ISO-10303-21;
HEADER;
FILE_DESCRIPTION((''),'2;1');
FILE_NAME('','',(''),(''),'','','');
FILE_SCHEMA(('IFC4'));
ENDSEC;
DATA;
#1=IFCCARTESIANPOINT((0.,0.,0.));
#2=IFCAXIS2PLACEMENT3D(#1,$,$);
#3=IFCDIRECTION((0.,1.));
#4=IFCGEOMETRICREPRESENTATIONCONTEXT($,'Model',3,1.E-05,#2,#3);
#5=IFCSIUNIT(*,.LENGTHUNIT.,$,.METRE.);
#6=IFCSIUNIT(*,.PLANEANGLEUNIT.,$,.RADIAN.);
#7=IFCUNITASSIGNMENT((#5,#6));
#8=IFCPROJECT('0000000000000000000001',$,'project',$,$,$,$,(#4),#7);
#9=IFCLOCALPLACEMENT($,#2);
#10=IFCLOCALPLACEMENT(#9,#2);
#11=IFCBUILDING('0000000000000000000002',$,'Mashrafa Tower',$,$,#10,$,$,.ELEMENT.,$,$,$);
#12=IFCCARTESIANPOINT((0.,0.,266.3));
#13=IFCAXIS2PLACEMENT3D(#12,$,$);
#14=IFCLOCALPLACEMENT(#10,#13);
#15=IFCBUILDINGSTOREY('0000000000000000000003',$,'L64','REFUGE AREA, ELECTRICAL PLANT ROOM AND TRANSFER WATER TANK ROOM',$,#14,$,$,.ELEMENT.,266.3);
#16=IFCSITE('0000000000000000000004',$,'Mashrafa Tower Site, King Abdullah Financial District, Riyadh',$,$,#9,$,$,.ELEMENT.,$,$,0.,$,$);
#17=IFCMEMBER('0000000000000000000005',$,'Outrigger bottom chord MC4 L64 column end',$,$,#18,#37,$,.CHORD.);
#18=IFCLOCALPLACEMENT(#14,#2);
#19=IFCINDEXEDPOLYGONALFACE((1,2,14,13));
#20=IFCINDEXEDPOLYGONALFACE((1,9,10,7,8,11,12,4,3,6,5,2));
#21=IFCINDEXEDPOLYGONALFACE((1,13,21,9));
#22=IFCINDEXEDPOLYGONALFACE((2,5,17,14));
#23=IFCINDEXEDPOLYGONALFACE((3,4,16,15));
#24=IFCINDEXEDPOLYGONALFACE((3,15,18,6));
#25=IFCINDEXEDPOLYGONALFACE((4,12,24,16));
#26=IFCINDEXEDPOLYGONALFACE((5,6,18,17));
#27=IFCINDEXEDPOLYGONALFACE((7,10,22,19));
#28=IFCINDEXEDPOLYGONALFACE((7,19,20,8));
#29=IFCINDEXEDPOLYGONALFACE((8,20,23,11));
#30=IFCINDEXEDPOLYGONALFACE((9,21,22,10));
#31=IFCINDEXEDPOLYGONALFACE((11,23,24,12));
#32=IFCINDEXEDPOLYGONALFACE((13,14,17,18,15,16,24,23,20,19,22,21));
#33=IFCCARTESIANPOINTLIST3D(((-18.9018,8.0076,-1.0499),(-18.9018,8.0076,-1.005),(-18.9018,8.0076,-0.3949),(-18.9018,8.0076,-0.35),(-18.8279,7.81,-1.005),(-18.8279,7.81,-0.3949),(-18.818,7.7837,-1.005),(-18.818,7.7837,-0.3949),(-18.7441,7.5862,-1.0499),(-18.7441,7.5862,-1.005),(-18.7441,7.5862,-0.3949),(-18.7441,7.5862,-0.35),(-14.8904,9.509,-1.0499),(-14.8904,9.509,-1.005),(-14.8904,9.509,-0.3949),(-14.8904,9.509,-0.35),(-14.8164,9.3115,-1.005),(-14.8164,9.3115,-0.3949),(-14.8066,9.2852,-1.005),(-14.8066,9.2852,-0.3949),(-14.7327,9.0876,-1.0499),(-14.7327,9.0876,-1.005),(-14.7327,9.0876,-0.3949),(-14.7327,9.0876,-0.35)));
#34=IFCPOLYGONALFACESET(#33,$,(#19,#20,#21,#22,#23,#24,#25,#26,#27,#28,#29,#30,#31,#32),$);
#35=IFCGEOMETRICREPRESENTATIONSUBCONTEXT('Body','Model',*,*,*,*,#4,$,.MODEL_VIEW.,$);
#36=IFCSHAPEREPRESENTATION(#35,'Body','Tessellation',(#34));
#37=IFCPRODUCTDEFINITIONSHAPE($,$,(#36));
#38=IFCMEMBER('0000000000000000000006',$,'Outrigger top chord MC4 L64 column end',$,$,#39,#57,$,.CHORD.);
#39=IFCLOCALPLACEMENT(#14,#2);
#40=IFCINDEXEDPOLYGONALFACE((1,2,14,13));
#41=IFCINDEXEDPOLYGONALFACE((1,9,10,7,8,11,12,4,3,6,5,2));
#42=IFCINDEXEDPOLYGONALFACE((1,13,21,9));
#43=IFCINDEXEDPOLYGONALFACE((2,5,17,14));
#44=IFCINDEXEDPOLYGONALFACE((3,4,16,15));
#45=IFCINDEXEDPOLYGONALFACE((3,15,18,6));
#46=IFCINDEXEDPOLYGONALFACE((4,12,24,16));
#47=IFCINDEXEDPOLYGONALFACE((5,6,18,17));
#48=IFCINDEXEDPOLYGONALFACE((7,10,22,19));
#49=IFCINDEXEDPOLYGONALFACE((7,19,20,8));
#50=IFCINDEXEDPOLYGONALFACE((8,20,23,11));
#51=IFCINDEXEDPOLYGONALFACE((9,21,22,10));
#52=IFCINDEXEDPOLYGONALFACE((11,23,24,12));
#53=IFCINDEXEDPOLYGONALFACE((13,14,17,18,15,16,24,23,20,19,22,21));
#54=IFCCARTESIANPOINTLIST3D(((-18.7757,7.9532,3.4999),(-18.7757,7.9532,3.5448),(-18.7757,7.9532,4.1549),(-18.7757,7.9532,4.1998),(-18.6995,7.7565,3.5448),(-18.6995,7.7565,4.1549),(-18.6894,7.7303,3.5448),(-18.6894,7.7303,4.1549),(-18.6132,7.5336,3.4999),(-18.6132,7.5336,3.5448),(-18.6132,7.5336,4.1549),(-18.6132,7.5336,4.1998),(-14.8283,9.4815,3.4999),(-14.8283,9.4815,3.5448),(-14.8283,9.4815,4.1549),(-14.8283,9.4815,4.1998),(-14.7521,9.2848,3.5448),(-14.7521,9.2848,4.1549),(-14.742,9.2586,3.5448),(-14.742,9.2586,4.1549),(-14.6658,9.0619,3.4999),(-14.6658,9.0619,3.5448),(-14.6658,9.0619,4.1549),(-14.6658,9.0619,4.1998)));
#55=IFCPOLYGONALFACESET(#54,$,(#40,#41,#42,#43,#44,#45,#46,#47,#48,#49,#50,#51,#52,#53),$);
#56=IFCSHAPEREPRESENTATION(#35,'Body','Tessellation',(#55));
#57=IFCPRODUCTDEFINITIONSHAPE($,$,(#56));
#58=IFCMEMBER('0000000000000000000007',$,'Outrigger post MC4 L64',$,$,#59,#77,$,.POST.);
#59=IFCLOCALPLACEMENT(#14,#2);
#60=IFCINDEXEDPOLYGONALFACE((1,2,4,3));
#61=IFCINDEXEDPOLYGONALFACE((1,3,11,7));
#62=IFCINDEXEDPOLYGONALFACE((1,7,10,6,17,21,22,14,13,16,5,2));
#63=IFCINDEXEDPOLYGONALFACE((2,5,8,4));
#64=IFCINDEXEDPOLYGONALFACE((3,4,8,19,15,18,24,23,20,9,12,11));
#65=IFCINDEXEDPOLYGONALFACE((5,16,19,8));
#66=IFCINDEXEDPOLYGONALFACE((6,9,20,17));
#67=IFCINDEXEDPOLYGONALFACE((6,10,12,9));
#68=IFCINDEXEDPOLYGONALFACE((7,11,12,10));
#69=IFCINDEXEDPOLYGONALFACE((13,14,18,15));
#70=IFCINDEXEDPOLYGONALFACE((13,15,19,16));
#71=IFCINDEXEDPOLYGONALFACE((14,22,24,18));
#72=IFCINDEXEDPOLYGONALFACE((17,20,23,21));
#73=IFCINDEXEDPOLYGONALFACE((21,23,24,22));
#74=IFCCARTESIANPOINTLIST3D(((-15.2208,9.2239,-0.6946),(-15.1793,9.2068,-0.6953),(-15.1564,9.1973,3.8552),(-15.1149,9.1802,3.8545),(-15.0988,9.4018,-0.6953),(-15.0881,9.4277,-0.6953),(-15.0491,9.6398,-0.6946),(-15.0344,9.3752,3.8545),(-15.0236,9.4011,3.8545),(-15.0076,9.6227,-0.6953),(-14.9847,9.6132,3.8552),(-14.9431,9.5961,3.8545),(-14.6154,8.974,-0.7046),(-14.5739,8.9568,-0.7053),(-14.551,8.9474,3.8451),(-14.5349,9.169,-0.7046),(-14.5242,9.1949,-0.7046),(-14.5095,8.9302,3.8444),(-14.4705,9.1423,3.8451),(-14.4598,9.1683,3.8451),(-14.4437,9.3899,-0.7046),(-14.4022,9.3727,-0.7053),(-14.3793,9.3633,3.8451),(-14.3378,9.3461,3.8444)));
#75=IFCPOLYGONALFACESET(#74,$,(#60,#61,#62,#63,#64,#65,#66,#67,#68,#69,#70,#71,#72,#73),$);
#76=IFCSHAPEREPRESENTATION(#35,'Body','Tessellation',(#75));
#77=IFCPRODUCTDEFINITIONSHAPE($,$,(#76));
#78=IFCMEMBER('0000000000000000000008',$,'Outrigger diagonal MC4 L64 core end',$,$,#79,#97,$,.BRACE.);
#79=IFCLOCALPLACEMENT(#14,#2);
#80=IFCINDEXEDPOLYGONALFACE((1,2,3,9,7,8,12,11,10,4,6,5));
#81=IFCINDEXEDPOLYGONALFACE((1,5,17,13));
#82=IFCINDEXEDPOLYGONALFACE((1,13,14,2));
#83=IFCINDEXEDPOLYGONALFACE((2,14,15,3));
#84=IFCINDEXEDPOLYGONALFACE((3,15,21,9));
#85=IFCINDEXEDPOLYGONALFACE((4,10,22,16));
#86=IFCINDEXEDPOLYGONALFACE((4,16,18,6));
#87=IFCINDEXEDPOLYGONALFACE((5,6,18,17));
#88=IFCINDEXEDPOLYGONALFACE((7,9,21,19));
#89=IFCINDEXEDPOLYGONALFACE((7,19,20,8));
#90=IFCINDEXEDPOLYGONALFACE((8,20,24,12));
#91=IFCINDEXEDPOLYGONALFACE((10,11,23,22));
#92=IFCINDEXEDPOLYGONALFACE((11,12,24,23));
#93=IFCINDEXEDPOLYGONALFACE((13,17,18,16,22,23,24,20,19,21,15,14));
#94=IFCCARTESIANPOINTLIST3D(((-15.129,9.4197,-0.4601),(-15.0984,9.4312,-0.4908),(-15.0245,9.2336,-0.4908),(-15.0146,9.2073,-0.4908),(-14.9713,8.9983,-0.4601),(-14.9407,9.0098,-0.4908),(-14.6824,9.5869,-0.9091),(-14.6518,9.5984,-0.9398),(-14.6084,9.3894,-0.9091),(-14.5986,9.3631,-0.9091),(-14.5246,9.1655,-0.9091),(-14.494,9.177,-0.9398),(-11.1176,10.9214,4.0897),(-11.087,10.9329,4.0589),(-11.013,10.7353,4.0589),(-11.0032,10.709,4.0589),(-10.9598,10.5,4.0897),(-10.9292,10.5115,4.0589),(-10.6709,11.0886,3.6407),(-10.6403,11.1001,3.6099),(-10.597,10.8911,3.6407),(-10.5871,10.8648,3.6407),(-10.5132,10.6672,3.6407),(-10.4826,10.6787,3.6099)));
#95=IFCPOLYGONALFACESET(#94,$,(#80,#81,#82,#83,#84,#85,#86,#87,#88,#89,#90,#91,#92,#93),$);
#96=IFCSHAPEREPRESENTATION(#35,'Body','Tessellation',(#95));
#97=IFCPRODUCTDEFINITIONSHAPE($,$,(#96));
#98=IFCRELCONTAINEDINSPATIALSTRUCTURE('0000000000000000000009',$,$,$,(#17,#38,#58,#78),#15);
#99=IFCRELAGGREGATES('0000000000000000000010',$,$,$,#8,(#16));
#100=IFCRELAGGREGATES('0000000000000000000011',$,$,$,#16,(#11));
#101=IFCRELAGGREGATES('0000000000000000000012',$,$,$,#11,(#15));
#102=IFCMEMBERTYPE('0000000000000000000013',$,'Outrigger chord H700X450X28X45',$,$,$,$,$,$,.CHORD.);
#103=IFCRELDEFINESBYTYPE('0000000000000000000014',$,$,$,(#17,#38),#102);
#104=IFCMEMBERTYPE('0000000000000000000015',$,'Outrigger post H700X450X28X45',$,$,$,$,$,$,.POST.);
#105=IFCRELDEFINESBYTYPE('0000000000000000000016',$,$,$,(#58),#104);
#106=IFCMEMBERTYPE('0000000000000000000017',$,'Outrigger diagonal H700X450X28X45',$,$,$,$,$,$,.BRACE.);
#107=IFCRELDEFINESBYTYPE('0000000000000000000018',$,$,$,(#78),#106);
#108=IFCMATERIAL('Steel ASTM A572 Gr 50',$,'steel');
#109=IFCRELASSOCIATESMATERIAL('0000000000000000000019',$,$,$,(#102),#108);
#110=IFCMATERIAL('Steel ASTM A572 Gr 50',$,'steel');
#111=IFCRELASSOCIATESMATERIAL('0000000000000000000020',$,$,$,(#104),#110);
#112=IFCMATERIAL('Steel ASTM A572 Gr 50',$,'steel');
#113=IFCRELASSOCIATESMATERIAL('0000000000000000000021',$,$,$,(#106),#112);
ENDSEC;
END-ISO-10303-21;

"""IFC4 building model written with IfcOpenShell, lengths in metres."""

from ifc_helpers import new_model, si_unit, direction, frame, origin, origin_2d, place, context, subcontext, project, spatial, i_section, extrude, source, transform, mapped, material, material_profile, profile_set, type_object, type_shapes, element, save


model = new_model("IFC4")

# Units and contexts
model_context = context("Model", 3, precision=1e-05, world=origin(), true_north=direction((0.0, 1.0)))
body_context = subcontext(model_context, "Body", "Model", "MODEL_VIEW")
ifc_project = project(units=[si_unit("LENGTHUNIT", "METRE"), si_unit("PLANEANGLEUNIT", "RADIAN")], contexts=[model_context])

# Site, building, storey
site_placement = place(None, origin())
site = spatial("IfcSite", under=ifc_project, at=site_placement, Name="Mashrafa Tower Site, King Abdullah Financial District, Riyadh", CompositionType="ELEMENT", RefElevation=0.0)
building_placement = place(site_placement, origin())
building = spatial("IfcBuilding", under=site, at=building_placement, Name="Mashrafa Tower", CompositionType="ELEMENT")
storey_placement = place(building_placement, frame((0.0, 0.0, 266.3)))
storey = spatial("IfcBuildingStorey", under=building, at=storey_placement, Name="L64", Description="REFUGE AREA, ELECTRICAL PLANT ROOM AND TRANSFER WATER TANK ROOM", CompositionType="ELEMENT", Elevation=266.3)

# Members
ifc_material_1 = material(Name="Steel ASTM A572 Gr 50", Category="steel")
ifc_material_profile_1 = material_profile(ifc_material_1, i_section(OverallWidth=0.45, OverallDepth=0.7, WebThickness=0.0281, FlangeThickness=0.0449, at=origin_2d()), Name="H700X450X28X45")
ifc_profile_set_1 = profile_set([ifc_material_profile_1], Name="Steel ASTM A572 Gr 50")
member_type_1 = type_object("IfcMemberType", Name="Outrigger chord H700X450X28X45", PredefinedType="CHORD", material=ifc_profile_set_1)
shared_shape_1 = source(origin(), body_context, "Body", "SweptSolid", [
    extrude(i_section(OverallWidth=0.45, OverallDepth=0.7, WebThickness=0.0281, FlangeThickness=0.0449, at=origin_2d()), origin(), (0.0, 0.0, 1.0), 4.2832),
])
member_1_placement = place(storey_placement, frame((-14.8115, 9.2983, -0.7), z_axis=(-0.936547, -0.350542, 0.0), x_axis=(0.350542, -0.936547, 0.0)))
element("IfcMember", 1, at=member_1_placement, inside=storey, type_object=member_type_1, Name="Outrigger bottom chord MC4 L64 column end", PredefinedType="CHORD", context=body_context, shape_type="MappedRepresentation", body=[
    mapped(shared_shape_1, transform((0.0, 0.0, 0.0))),
])
shared_shape_2 = source(origin(), body_context, "Body", "SweptSolid", [
    extrude(i_section(OverallWidth=0.45, OverallDepth=0.7, WebThickness=0.0281, FlangeThickness=0.0449, at=origin_2d()), origin(), (0.0, 0.0, 1.0), 4.2329),
])
type_shapes(member_type_1, [shared_shape_1, shared_shape_2])
member_2_placement = place(storey_placement, frame((-14.7471, 9.2717, 3.8499), z_axis=(-0.932541, -0.361065, 0.0), x_axis=(0.361065, -0.932541, 0.0)))
element("IfcMember", 2, at=member_2_placement, inside=storey, type_object=member_type_1, Name="Outrigger top chord MC4 L64 column end", PredefinedType="CHORD", context=body_context, shape_type="MappedRepresentation", body=[
    mapped(shared_shape_2, transform((0.0, 0.0, 0.0))),
])
ifc_material_2 = material(Name="Steel ASTM A572 Gr 50", Category="steel")
ifc_material_profile_2 = material_profile(ifc_material_2, i_section(OverallWidth=0.45, OverallDepth=0.7, WebThickness=0.0281, FlangeThickness=0.0449, at=origin_2d()), Name="H700X450X28X45")
ifc_profile_set_2 = profile_set([ifc_material_profile_2], Name="Steel ASTM A572 Gr 50")
member_type_2 = type_object("IfcMemberType", Name="Outrigger post H700X450X28X45", PredefinedType="POST", material=ifc_profile_set_2)
shared_shape_3 = source(origin(), body_context, "Body", "SweptSolid", [
    extrude(i_section(OverallWidth=0.45, OverallDepth=0.7, WebThickness=0.0281, FlangeThickness=0.0449, at=origin_2d()), origin(), (0.0, 0.0, 1.0), 4.5503),
])
type_shapes(member_type_2, [shared_shape_3])
member_3_placement = place(storey_placement, frame((-14.8115, 9.2983, -0.7), z_axis=(0.014164, -0.005848, 0.999883), x_axis=(0.38163, 0.924315, 0.0)))
element("IfcMember", 3, at=member_3_placement, inside=storey, type_object=member_type_2, Name="Outrigger post MC4 L64", PredefinedType="POST", context=body_context, shape_type="MappedRepresentation", body=[
    mapped(shared_shape_3, transform((0.0, 0.0, 0.0))),
])
ifc_material_3 = material(Name="Steel ASTM A572 Gr 50", Category="steel")
ifc_material_profile_3 = material_profile(ifc_material_3, i_section(OverallWidth=0.45, OverallDepth=0.7, WebThickness=0.0281, FlangeThickness=0.0449, at=origin_2d()), Name="H700X450X28X45")
ifc_profile_set_3 = profile_set([ifc_material_profile_3], Name="Steel ASTM A572 Gr 50")
member_type_3 = type_object("IfcMemberType", Name="Outrigger diagonal H700X450X28X45", PredefinedType="BRACE", material=ifc_profile_set_3)
shared_shape_4 = source(origin(), body_context, "Body", "SweptSolid", [
    extrude(i_section(OverallWidth=0.45, OverallDepth=0.7, WebThickness=0.0281, FlangeThickness=0.0449, at=origin_2d()), origin(), (0.0, 0.0, 1.0), 6.2488),
])
type_shapes(member_type_3, [shared_shape_4])
member_4_placement = place(storey_placement, frame((-14.8115, 9.2983, -0.7), z_axis=(0.641957, 0.240319, 0.728106), x_axis=(-0.350592, 0.936528, 0.0)))
element("IfcMember", 4, at=member_4_placement, inside=storey, type_object=member_type_3, Name="Outrigger diagonal MC4 L64 core end", PredefinedType="BRACE", context=body_context, shape_type="MappedRepresentation", body=[
    mapped(shared_shape_4, transform((0.0, 0.0, 0.0))),
])

save(model, "model.ifc")
